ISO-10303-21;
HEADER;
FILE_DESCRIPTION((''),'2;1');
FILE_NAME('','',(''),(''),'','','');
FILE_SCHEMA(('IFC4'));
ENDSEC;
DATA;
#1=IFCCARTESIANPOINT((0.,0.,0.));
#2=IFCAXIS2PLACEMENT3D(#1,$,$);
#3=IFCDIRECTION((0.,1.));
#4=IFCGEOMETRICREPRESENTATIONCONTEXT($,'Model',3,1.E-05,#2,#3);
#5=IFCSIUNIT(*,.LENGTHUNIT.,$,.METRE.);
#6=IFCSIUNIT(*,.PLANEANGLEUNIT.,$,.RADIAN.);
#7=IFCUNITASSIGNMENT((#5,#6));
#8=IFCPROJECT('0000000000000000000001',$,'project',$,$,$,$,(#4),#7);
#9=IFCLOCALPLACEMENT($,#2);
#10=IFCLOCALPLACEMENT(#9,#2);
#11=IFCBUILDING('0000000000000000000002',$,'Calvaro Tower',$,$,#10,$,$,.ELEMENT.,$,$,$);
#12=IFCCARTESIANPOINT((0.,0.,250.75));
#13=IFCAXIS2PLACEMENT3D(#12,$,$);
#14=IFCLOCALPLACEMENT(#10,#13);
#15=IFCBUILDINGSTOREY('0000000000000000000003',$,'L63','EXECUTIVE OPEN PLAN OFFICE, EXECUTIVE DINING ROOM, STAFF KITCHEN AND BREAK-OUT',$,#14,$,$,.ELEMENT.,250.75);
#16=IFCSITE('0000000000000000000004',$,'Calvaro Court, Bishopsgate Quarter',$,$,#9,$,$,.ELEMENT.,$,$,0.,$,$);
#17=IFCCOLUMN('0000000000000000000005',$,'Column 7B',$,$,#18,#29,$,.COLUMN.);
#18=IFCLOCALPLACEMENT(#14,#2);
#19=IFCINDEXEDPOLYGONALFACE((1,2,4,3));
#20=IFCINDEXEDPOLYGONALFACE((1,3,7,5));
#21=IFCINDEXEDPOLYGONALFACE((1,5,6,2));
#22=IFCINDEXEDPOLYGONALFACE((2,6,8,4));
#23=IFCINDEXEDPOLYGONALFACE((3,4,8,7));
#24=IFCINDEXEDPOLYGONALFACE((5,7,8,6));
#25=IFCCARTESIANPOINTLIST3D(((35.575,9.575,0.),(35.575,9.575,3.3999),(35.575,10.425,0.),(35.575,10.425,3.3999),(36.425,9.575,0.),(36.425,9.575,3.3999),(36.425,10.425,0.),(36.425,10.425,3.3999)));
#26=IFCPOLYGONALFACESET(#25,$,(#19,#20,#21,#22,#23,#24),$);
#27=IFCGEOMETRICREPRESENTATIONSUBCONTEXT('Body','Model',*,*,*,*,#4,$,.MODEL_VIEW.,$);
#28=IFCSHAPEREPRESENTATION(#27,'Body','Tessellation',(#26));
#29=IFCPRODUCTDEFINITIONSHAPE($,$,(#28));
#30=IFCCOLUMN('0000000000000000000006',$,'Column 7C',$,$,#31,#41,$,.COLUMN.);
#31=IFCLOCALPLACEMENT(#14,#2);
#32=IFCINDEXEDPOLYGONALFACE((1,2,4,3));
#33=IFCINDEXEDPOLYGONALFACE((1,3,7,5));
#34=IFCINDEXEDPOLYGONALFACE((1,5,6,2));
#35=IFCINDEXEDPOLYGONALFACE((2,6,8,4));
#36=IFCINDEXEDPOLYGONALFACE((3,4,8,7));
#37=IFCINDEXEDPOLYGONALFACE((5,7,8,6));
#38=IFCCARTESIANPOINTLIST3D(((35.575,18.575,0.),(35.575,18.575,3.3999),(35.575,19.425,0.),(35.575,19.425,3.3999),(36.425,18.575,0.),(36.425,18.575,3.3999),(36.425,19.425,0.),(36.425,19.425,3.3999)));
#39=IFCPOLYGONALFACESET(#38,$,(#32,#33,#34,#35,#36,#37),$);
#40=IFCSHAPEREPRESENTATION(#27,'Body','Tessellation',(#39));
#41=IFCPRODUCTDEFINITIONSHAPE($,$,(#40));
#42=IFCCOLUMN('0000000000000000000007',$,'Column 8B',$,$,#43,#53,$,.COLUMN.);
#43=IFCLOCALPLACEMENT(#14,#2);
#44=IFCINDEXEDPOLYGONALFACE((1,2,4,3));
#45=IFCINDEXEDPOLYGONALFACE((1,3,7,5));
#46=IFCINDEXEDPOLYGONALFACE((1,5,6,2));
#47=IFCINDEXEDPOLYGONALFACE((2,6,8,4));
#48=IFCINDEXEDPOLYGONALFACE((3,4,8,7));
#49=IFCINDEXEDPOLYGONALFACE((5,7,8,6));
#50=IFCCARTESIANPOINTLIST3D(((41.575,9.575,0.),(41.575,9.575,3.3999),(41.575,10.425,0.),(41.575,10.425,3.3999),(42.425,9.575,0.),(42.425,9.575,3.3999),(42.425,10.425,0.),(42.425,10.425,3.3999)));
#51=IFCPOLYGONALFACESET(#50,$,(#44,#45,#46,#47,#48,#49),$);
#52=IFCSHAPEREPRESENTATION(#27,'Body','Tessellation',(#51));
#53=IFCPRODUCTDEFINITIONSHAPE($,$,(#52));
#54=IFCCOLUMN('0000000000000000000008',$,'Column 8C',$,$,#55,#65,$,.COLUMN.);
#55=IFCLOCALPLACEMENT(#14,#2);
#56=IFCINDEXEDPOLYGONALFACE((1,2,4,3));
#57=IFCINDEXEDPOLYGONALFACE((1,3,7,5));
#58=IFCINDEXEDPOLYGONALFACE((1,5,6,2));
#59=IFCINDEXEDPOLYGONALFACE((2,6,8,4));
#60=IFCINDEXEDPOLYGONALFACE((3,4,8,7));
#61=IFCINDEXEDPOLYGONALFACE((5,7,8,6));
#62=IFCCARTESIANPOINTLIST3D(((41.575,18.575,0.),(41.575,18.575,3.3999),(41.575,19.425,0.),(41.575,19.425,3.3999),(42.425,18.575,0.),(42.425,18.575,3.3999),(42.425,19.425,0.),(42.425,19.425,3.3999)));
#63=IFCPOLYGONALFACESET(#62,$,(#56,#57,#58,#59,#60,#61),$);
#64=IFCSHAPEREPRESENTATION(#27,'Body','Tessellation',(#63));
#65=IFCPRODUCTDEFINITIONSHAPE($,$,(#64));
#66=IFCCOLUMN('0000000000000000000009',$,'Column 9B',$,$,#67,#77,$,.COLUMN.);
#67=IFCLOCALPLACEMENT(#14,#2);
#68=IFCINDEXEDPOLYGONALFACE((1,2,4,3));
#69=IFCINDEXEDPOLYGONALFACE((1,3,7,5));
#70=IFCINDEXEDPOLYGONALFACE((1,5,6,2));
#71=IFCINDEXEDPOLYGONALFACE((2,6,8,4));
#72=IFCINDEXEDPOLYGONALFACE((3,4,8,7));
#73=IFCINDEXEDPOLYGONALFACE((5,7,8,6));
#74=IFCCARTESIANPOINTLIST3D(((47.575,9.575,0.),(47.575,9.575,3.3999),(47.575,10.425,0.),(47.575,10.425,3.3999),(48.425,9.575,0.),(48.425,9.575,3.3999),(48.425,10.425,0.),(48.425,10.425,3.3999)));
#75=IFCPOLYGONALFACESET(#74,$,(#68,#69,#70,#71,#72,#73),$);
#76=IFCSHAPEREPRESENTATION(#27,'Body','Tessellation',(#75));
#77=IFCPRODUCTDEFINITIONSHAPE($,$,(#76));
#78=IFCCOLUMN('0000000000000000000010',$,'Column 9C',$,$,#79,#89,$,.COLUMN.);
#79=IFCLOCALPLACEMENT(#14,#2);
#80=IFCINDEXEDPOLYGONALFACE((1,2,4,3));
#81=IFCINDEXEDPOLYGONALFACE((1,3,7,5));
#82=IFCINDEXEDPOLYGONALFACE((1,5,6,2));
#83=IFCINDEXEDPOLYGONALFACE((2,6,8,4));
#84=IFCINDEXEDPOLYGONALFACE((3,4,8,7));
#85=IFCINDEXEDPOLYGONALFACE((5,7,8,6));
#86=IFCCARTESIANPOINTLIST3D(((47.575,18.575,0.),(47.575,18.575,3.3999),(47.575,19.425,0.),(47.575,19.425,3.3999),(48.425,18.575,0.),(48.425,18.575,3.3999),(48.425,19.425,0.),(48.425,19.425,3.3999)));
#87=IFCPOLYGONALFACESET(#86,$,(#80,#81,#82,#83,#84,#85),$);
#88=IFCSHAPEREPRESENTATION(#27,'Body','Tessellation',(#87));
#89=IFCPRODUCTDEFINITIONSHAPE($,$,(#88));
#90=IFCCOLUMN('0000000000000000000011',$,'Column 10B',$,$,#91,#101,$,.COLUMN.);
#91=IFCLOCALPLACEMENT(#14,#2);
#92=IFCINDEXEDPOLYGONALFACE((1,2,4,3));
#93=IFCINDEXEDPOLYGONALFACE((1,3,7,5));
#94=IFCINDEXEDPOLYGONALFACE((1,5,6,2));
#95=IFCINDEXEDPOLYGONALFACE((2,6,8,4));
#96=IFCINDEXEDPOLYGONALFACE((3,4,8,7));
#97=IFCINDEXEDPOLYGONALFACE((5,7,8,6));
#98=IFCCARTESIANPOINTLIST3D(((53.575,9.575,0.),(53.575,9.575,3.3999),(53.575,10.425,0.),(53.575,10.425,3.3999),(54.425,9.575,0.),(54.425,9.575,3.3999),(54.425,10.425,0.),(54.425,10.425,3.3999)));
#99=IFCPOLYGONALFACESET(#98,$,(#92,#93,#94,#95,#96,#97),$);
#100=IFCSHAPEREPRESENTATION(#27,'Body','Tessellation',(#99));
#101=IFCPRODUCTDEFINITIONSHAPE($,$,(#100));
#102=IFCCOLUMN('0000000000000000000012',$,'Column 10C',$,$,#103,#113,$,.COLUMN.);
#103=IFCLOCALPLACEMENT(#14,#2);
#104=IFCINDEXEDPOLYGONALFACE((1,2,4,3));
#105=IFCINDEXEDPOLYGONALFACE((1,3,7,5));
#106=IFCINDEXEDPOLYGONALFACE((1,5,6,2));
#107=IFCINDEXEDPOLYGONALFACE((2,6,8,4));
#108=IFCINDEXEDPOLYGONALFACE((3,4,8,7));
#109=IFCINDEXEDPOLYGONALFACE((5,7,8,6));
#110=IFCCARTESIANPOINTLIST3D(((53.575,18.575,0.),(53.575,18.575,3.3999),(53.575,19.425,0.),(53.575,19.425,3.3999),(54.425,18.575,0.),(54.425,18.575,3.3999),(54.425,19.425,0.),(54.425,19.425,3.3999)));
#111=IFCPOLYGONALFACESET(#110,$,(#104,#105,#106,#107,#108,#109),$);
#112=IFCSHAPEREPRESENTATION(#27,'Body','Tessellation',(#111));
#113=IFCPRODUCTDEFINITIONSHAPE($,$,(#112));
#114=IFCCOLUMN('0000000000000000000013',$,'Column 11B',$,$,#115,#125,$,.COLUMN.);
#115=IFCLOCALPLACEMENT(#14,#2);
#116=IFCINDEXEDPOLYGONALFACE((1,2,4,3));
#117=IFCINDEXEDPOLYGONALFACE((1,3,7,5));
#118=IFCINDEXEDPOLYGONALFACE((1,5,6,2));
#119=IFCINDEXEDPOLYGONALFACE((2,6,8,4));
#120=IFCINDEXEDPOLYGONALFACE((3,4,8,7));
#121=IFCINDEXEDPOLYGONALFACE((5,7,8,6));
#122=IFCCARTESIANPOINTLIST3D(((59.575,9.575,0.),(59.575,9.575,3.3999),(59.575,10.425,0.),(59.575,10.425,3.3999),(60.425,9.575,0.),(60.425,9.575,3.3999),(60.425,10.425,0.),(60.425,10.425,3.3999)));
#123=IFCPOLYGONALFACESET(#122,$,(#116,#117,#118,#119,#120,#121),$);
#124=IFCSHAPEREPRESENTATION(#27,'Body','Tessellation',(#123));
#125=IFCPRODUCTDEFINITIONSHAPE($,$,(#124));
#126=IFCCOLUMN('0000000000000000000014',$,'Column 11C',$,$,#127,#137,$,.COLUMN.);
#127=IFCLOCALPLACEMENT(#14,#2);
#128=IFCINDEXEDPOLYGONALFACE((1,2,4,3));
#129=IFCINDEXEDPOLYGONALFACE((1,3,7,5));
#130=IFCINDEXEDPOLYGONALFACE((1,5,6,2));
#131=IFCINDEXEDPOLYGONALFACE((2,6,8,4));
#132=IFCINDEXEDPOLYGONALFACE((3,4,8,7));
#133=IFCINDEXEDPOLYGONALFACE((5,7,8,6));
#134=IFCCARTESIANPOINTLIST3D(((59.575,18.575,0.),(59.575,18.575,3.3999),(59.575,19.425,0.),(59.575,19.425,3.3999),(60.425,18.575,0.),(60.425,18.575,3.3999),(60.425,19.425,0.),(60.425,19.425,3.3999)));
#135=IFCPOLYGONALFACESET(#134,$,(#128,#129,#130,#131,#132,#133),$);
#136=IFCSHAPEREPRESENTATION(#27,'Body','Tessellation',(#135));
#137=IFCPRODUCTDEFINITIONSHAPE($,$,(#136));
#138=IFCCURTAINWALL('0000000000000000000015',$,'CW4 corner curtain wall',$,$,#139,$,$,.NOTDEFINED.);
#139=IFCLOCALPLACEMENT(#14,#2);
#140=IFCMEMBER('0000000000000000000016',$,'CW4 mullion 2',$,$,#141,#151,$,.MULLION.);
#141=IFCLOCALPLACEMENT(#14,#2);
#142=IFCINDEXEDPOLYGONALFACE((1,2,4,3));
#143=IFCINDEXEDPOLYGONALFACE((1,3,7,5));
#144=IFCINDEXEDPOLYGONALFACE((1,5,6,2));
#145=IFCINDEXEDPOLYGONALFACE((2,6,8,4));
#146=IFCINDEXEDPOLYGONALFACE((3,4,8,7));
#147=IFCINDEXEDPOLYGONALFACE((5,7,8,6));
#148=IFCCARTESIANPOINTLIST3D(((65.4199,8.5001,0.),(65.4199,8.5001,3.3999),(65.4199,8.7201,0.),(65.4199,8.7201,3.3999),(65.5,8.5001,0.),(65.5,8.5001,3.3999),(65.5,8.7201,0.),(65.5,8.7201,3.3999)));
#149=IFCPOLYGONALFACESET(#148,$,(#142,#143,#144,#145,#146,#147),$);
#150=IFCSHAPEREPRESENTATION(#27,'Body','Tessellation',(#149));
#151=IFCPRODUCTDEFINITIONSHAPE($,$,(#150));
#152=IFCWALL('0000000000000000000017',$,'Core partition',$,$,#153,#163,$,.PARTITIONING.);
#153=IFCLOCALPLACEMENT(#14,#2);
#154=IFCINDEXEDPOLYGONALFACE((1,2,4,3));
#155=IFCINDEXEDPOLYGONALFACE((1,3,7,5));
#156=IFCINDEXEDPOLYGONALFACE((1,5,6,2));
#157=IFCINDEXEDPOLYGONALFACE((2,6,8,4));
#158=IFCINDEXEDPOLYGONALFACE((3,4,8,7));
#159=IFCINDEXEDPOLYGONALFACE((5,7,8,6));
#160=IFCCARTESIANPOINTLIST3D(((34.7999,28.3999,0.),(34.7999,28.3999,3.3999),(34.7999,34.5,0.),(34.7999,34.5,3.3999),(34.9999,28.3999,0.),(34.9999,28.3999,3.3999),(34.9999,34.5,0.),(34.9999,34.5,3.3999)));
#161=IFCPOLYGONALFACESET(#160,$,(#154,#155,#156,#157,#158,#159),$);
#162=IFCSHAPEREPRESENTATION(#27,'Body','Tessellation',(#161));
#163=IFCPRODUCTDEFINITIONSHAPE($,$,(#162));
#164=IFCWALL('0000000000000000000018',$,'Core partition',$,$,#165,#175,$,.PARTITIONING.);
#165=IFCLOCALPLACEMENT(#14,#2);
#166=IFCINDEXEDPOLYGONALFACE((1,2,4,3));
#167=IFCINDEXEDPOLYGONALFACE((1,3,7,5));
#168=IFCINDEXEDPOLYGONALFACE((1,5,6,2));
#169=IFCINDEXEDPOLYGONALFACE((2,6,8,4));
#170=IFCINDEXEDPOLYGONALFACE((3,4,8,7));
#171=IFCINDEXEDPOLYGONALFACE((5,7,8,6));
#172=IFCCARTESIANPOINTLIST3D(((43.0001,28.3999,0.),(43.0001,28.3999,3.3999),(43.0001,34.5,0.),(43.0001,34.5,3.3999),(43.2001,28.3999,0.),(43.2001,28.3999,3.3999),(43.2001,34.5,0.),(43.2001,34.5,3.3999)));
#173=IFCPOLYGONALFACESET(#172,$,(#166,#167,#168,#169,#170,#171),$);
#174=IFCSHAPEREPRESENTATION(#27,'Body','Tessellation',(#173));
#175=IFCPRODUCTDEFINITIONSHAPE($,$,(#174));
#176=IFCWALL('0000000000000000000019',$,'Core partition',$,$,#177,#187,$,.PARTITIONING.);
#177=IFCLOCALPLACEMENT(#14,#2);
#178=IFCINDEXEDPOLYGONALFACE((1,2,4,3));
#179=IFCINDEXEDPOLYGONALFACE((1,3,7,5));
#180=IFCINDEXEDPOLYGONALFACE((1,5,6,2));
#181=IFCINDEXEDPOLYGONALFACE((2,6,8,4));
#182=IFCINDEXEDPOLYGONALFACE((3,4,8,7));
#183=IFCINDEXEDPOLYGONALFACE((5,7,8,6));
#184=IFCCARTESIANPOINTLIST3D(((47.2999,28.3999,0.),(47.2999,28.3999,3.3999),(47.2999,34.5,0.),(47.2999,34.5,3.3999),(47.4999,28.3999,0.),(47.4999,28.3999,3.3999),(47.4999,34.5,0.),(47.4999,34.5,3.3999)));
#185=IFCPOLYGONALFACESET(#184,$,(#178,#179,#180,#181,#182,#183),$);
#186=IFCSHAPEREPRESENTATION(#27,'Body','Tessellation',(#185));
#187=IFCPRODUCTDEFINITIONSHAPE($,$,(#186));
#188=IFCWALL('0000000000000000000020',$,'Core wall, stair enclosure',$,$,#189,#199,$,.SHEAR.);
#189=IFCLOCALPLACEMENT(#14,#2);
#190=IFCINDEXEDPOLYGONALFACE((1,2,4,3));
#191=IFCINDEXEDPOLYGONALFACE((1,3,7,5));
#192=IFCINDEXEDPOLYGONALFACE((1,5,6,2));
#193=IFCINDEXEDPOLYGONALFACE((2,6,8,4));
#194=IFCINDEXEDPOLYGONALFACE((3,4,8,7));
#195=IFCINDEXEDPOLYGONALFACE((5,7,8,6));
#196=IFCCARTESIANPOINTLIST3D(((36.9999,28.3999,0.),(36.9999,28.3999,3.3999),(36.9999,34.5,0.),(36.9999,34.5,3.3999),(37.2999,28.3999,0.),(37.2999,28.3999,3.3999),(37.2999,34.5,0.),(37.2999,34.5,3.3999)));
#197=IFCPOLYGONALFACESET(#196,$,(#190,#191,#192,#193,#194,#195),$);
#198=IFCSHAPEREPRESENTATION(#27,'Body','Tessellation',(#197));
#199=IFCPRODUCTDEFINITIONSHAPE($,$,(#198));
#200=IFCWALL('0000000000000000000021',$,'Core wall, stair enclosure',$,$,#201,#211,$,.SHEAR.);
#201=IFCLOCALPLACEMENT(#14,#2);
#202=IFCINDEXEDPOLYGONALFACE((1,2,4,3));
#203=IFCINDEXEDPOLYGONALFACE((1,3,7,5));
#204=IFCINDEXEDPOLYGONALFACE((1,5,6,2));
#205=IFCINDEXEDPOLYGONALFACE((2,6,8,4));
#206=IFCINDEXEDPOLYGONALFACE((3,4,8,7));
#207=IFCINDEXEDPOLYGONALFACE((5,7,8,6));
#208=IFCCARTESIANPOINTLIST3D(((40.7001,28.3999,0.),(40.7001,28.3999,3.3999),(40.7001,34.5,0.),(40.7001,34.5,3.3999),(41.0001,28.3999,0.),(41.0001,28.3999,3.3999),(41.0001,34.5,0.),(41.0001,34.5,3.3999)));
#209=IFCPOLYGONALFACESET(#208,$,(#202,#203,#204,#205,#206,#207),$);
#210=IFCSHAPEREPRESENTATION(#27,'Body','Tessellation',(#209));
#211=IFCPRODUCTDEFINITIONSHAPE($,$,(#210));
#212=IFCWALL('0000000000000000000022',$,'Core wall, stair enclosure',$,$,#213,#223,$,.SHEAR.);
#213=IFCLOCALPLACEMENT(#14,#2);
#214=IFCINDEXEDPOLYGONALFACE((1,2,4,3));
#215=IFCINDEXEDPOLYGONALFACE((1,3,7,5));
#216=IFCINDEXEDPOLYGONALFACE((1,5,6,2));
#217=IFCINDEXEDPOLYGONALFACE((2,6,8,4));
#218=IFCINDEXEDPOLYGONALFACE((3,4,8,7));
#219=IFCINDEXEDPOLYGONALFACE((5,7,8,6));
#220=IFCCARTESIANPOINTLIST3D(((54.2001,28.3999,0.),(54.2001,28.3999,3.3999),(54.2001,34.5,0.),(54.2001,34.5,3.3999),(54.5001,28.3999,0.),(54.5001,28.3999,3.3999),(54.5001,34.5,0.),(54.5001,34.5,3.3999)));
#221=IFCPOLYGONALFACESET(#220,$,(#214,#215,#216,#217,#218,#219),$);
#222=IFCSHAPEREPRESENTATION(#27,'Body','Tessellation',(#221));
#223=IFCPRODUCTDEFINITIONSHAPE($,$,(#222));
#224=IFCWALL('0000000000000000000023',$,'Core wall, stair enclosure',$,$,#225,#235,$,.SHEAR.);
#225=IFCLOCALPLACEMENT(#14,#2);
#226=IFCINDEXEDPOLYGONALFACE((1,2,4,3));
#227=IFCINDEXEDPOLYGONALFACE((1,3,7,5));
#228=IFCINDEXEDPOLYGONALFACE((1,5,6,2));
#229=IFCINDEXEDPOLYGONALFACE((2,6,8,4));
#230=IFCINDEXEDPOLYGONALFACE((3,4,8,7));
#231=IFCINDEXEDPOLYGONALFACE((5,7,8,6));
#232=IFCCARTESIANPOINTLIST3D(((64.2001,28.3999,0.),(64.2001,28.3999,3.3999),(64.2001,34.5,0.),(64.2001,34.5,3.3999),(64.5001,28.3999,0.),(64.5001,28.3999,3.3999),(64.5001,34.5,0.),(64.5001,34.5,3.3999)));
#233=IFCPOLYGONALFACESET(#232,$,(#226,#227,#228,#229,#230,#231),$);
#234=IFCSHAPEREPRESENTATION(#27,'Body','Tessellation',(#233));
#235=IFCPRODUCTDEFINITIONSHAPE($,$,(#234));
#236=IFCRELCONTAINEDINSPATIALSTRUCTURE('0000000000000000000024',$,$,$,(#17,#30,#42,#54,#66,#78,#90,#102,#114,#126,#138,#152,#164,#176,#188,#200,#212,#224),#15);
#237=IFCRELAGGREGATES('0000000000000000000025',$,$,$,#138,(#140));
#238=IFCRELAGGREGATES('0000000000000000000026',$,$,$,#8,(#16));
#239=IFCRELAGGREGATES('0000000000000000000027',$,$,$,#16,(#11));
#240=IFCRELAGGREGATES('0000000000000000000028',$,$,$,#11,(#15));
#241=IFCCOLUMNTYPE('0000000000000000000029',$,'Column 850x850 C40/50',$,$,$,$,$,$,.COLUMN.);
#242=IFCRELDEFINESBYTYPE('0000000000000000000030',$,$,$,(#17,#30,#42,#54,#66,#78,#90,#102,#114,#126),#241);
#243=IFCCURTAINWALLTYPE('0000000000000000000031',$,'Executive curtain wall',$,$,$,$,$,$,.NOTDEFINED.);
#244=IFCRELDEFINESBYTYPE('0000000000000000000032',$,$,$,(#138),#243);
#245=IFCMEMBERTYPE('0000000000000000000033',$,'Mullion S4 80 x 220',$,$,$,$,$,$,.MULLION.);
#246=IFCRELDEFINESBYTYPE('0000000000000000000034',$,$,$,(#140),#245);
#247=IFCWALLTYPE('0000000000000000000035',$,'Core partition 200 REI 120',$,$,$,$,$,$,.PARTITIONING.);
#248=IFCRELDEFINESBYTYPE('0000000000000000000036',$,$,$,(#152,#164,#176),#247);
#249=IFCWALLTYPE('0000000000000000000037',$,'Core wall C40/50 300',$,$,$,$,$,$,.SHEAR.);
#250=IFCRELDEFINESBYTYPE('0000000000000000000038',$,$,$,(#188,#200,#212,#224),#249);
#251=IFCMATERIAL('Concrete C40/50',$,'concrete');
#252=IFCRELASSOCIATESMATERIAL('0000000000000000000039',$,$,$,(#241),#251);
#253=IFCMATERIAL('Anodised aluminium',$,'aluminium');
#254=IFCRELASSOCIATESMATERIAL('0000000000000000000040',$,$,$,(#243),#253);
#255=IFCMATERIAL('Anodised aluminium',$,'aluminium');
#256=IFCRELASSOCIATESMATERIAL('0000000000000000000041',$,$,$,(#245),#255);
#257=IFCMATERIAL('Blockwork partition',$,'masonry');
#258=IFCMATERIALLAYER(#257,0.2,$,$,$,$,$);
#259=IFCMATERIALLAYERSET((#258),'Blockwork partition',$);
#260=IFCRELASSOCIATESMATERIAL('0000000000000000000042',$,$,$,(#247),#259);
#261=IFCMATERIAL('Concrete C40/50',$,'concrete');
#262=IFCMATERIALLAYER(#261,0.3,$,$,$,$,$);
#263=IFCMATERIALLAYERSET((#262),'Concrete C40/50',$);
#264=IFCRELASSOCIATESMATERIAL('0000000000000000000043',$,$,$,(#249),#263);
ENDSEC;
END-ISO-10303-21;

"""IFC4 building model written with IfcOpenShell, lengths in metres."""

from ifc_helpers import new_model, si_unit, direction, frame, frame_2d, origin, origin_2d, place, context, subcontext, project, spatial, rectangle, extrude, material, layer, layer_set, material_profile, profile_set, type_object, element, aggregate, save


model = new_model("IFC4")

# Units and contexts
model_context = context("Model", 3, precision=1e-05, world=origin(), true_north=direction((0.0, 1.0)))
body_context = subcontext(model_context, "Body", "Model", "MODEL_VIEW")
ifc_project = project(units=[si_unit("LENGTHUNIT", "METRE"), si_unit("PLANEANGLEUNIT", "RADIAN")], contexts=[model_context])

# Site, building, storey
site_placement = place(None, origin())
site = spatial("IfcSite", under=ifc_project, at=site_placement, Name="Calvaro Court, Bishopsgate Quarter", CompositionType="ELEMENT", RefElevation=0.0)
building_placement = place(site_placement, origin())
building = spatial("IfcBuilding", under=site, at=building_placement, Name="Calvaro Tower", CompositionType="ELEMENT")
storey_placement = place(building_placement, frame((0.0, 0.0, 250.75)))
storey = spatial("IfcBuildingStorey", under=building, at=storey_placement, Name="L63", Description="EXECUTIVE OPEN PLAN OFFICE, EXECUTIVE DINING ROOM, STAFF KITCHEN AND BREAK-OUT", CompositionType="ELEMENT", Elevation=250.75)

# Columns
ifc_material_1 = material(Name="Concrete C40/50", Category="concrete")
ifc_material_profile_1 = material_profile(ifc_material_1, rectangle(XDim=0.8501, YDim=0.8501, at=origin_2d()), Name="RC 850x850")
ifc_profile_set_1 = profile_set([ifc_material_profile_1], Name="Concrete C40/50")
column_type = type_object("IfcColumnType", Name="Column 850x850 C40/50", PredefinedType="COLUMN", material=ifc_profile_set_1)
for number, where, z_axis, x_axis, name in (
    (1, (36.0, 10.0, 0.0), (0.0, 0.0, 1.0), (1.0, 0.0, 0.0), "Column 7B"),
    (2, (36.0, 19.0, 0.0), (0.0, 0.0, 1.0), (1.0, 0.0, 0.0), "Column 7C"),
    (3, (42.0, 10.0, 0.0), (0.0, 0.0, 1.0), (1.0, 0.0, 0.0), "Column 8B"),
    (4, (42.0, 19.0, 0.0), (0.0, 0.0, 1.0), (1.0, 0.0, 0.0), "Column 8C"),
    (5, (48.0, 10.0, 0.0), (0.0, 0.0, 1.0), (1.0, 0.0, 0.0), "Column 9B"),
    (6, (48.0, 19.0, 0.0), (0.0, 0.0, 1.0), (1.0, 0.0, 0.0), "Column 9C"),
    (7, (54.0, 10.0, 0.0), (0.0, 0.0, 1.0), (1.0, 0.0, 0.0), "Column 10B"),
    (8, (54.0, 19.0, 0.0), (0.0, 0.0, 1.0), (1.0, 0.0, 0.0), "Column 10C"),
    (9, (60.0, 10.0, 0.0), (0.0, 0.0, 1.0), (1.0, 0.0, 0.0), "Column 11B"),
    (10, (60.0, 19.0, 0.0), (0.0, 0.0, 1.0), (1.0, 0.0, 0.0), "Column 11C"),
):
    element("IfcColumn", number, at=place(storey_placement, frame(where, z_axis=z_axis, x_axis=x_axis)), inside=storey, type_object=column_type, Name=name, PredefinedType="COLUMN", context=body_context, shape_type="SweptSolid", body=[
        extrude(rectangle(XDim=0.8501, YDim=0.8501, at=origin_2d()), origin(), (0.0, 0.0, 1.0), 3.3999),
    ])

# Curtain wall, member
ifc_material_2 = material(Name="Anodised aluminium", Category="aluminium")
curtain_wall_type = type_object("IfcCurtainWallType", Name="Executive curtain wall", PredefinedType="NOTDEFINED", material=ifc_material_2)
curtain_wall_placement = place(storey_placement, origin())
curtain_wall = element("IfcCurtainWall", 11, at=curtain_wall_placement, inside=storey, type_object=curtain_wall_type, Name="CW4 corner curtain wall", PredefinedType="NOTDEFINED")
ifc_material_3 = material(Name="Anodised aluminium", Category="aluminium")
ifc_material_profile_2 = material_profile(ifc_material_3, rectangle(XDim=0.22, YDim=0.0801, at=origin_2d()), Name="Mullion S4 80 x 220")
ifc_profile_set_2 = profile_set([ifc_material_profile_2], Name="Anodised aluminium")
member_type = type_object("IfcMemberType", Name="Mullion S4 80 x 220", PredefinedType="MULLION", material=ifc_profile_set_2)
member_placement = place(storey_placement, frame((65.46, 8.6101, 0.0), z_axis=(0.0, 0.0, 1.0), x_axis=(0.0, 1.0, 0.0)))
member = element("IfcMember", 12, at=member_placement, type_object=member_type, Name="CW4 mullion 2", PredefinedType="MULLION", context=body_context, shape_type="SweptSolid", body=[
    extrude(rectangle(XDim=0.22, YDim=0.0801, at=origin_2d()), origin(), (0.0, 0.0, 1.0), 3.3999),
])
aggregate(curtain_wall, [member])

# Walls
ifc_material_4 = material(Name="Blockwork partition", Category="masonry")
ifc_layer_1 = layer(ifc_material_4, 0.2)
ifc_layer_set_1 = layer_set([ifc_layer_1], Name="Blockwork partition")
wall_type_1 = type_object("IfcWallType", Name="Core partition 200 REI 120", PredefinedType="PARTITIONING", material=ifc_layer_set_1)
for number, where, z_axis, x_axis, name in (
    (13, (34.8999, 28.3999, 0.0), (0.0, 0.0, 1.0), (0.0, 1.0, 0.0), "Core partition"),
    (14, (43.1001, 28.3999, 0.0), (0.0, 0.0, 1.0), (0.0, 1.0, 0.0), "Core partition"),
    (15, (47.3999, 28.3999, 0.0), (0.0, 0.0, 1.0), (0.0, 1.0, 0.0), "Core partition"),
):
    element("IfcWall", number, at=place(storey_placement, frame(where, z_axis=z_axis, x_axis=x_axis)), inside=storey, type_object=wall_type_1, Name=name, PredefinedType="PARTITIONING", context=body_context, shape_type="SweptSolid", body=[
        extrude(rectangle(XDim=6.1001, YDim=0.2, at=frame_2d((3.05, 0.0))), origin(), (0.0, 0.0, 1.0), 3.3999),
    ])
ifc_material_5 = material(Name="Concrete C40/50", Category="concrete")
ifc_layer_2 = layer(ifc_material_5, 0.3)
ifc_layer_set_2 = layer_set([ifc_layer_2], Name="Concrete C40/50")
wall_type_2 = type_object("IfcWallType", Name="Core wall C40/50 300", PredefinedType="SHEAR", material=ifc_layer_set_2)
for number, where, z_axis, x_axis, name in (
    (16, (37.1499, 28.3999, 0.0), (0.0, 0.0, 1.0), (0.0, 1.0, 0.0), "Core wall, stair enclosure"),
    (17, (40.8501, 28.3999, 0.0), (0.0, 0.0, 1.0), (0.0, 1.0, 0.0), "Core wall, stair enclosure"),
    (18, (54.3501, 28.3999, 0.0), (0.0, 0.0, 1.0), (0.0, 1.0, 0.0), "Core wall, stair enclosure"),
    (19, (64.3501, 28.3999, 0.0), (0.0, 0.0, 1.0), (0.0, 1.0, 0.0), "Core wall, stair enclosure"),
):
    element("IfcWall", number, at=place(storey_placement, frame(where, z_axis=z_axis, x_axis=x_axis)), inside=storey, type_object=wall_type_2, Name=name, PredefinedType="SHEAR", context=body_context, shape_type="SweptSolid", body=[
        extrude(rectangle(XDim=6.1001, YDim=0.3, at=frame_2d((3.05, 0.0))), origin(), (0.0, 0.0, 1.0), 3.3999),
    ])

save(model, "model.ifc")
